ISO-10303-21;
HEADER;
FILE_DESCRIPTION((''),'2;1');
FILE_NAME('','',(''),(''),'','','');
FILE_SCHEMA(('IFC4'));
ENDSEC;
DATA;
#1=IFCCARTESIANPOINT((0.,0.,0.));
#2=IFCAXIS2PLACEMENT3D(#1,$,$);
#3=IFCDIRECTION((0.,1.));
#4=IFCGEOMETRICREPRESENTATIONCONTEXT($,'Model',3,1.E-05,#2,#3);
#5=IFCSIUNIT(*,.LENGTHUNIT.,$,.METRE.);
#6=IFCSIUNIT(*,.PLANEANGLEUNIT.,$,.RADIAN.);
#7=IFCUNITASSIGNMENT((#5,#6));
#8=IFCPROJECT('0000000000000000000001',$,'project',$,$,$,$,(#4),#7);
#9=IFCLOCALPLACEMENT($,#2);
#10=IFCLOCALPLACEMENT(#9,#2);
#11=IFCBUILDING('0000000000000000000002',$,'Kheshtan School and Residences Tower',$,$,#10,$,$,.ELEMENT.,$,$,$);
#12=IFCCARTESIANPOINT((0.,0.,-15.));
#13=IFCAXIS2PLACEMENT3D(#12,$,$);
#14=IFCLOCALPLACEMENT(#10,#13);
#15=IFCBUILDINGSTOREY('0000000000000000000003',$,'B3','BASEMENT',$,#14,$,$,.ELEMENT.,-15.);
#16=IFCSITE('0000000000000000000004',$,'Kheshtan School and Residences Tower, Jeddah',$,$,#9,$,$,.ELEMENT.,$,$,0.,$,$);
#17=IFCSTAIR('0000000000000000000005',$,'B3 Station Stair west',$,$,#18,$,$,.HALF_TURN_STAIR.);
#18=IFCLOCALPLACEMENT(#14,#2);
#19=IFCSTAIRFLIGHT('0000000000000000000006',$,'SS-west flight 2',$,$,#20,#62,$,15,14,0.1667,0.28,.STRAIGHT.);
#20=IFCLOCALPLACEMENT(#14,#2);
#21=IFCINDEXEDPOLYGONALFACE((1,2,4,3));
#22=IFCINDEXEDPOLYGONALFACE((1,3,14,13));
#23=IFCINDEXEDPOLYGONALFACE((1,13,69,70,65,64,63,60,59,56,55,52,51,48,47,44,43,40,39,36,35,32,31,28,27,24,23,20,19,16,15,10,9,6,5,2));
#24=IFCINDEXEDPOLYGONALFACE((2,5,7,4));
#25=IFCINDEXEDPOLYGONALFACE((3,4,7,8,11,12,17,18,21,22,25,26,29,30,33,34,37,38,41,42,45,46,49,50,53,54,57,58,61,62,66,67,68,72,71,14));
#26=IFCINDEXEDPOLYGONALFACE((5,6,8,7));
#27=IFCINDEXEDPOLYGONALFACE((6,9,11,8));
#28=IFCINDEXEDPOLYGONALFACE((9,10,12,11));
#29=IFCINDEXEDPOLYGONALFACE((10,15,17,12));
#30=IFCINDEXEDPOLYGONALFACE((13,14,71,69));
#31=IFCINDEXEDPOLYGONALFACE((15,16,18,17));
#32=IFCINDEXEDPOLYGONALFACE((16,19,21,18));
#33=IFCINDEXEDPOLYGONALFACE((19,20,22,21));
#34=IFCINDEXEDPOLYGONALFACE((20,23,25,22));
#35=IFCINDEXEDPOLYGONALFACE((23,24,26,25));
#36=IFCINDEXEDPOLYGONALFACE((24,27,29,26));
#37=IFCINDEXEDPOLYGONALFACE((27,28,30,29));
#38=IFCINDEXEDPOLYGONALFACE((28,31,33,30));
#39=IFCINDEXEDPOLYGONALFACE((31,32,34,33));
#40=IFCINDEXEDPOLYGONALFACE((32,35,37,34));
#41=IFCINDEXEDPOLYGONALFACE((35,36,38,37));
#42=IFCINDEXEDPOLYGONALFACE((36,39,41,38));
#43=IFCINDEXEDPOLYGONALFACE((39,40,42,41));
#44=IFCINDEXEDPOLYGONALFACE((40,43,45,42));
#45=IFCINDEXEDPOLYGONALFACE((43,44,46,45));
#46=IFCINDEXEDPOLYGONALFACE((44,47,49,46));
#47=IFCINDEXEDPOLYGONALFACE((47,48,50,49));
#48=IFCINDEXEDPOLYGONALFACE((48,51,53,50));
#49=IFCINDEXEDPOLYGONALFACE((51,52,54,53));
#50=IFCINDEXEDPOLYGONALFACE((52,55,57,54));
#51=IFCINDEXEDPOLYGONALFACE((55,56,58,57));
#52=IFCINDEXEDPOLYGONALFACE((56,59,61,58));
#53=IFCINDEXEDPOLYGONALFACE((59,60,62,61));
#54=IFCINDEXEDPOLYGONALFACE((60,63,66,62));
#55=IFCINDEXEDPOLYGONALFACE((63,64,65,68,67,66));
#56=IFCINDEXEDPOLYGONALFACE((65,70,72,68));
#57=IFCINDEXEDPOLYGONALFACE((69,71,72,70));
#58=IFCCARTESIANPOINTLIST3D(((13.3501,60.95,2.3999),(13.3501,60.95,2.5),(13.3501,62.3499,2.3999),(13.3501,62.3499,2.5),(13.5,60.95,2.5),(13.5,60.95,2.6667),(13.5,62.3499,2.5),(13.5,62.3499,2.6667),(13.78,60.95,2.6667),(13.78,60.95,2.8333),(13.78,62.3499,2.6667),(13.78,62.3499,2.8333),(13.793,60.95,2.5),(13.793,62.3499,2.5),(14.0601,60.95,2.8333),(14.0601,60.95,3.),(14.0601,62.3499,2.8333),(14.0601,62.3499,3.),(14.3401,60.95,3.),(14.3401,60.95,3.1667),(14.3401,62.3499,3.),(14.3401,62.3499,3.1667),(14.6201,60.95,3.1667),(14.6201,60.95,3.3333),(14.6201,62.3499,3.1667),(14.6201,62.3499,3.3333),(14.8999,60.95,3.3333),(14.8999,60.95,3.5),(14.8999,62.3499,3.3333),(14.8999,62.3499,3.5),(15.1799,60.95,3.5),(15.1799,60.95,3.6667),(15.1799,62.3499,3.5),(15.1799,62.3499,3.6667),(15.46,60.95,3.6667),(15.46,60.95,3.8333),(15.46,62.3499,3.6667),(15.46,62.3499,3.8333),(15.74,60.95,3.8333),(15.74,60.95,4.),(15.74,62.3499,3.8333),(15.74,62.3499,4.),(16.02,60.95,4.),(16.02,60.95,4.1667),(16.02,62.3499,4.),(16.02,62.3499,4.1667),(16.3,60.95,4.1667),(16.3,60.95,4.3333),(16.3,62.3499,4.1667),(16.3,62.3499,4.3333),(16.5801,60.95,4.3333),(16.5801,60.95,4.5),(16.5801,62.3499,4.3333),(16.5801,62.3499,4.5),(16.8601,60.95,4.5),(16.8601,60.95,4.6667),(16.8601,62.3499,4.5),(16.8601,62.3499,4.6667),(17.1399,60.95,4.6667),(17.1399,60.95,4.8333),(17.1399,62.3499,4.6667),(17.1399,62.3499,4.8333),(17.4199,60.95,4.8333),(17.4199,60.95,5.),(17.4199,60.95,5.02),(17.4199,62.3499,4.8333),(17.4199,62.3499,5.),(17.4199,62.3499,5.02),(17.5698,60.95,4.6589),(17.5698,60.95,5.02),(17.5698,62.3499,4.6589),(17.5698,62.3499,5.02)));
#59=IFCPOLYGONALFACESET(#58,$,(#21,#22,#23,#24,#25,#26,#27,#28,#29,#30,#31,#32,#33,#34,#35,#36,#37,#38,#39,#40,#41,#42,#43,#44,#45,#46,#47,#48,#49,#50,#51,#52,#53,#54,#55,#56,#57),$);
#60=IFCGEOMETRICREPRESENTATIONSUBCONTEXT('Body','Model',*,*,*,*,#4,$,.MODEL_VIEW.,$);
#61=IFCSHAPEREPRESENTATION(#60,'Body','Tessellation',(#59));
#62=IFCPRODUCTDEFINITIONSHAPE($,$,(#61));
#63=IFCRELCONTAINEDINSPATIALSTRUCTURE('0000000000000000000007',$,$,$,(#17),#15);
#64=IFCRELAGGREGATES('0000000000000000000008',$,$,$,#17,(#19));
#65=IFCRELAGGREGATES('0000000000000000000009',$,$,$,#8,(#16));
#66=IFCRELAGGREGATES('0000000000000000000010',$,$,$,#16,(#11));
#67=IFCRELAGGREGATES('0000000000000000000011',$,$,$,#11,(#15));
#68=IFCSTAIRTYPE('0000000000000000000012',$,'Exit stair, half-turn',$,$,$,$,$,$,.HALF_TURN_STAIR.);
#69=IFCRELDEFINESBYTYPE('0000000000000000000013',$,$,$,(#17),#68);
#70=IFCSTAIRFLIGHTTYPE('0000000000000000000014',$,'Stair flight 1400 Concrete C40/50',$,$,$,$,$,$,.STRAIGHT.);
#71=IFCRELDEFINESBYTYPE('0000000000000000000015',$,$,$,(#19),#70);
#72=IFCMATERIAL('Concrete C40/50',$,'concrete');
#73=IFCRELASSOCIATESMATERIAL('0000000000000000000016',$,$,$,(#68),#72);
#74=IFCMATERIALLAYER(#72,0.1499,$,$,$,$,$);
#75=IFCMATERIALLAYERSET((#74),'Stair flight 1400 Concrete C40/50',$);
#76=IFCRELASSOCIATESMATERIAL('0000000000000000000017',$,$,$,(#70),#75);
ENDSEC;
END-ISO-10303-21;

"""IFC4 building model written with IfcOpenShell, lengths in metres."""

from ifc_helpers import new_model, si_unit, direction, frame, origin, place, context, subcontext, project, spatial, polyline, outline, extrude, material, layer, layer_set, type_object, element, aggregate, save


model = new_model("IFC4")

# Units and contexts
model_context = context("Model", 3, precision=1e-05, world=origin(), true_north=direction((0.0, 1.0)))
body_context = subcontext(model_context, "Body", "Model", "MODEL_VIEW")
ifc_project = project(units=[si_unit("LENGTHUNIT", "METRE"), si_unit("PLANEANGLEUNIT", "RADIAN")], contexts=[model_context])

# Site, building, storey
site_placement = place(None, origin())
site = spatial("IfcSite", under=ifc_project, at=site_placement, Name="Kheshtan School and Residences Tower, Jeddah", CompositionType="ELEMENT", RefElevation=0.0)
building_placement = place(site_placement, origin())
building = spatial("IfcBuilding", under=site, at=building_placement, Name="Kheshtan School and Residences Tower", CompositionType="ELEMENT")
storey_placement = place(building_placement, frame((0.0, 0.0, -15.0)))
storey = spatial("IfcBuildingStorey", under=building, at=storey_placement, Name="B3", Description="BASEMENT", CompositionType="ELEMENT", Elevation=-15.0)

# Shared definitions
ifc_material_1 = material(Name="Concrete C40/50", Category="concrete")

# Stair, stair flight
stair_type = type_object("IfcStairType", Name="Exit stair, half-turn", PredefinedType="HALF_TURN_STAIR", material=ifc_material_1)
stair_placement = place(storey_placement, origin())
stair = element("IfcStair", 1, at=stair_placement, inside=storey, type_object=stair_type, Name="B3 Station Stair west", PredefinedType="HALF_TURN_STAIR")
ifc_layer_1 = layer(ifc_material_1, 0.1499)
ifc_layer_set_1 = layer_set([ifc_layer_1], Name="Stair flight 1400 Concrete C40/50")
stair_flight_type = type_object("IfcStairFlightType", Name="Stair flight 1400 Concrete C40/50", PredefinedType="STRAIGHT", material=ifc_layer_set_1)
stair_flight_placement = place(storey_placement, frame((13.5, 61.6499, 2.5), z_axis=(0.0, 0.0, 1.0), x_axis=(1.0, 0.0, 0.0)))
stair_flight = element("IfcStairFlight", 2, at=stair_flight_placement, type_object=stair_flight_type, Name="SS-west flight 2", NumberOfRisers=15, NumberOfTreads=14, PredefinedType="STRAIGHT", RiserHeight=0.1667, TreadLength=0.28, context=body_context, shape_type="SweptSolid", body=[
    extrude(outline(polyline([(-0.1499, -0.1001), (-0.1499, 0.0), (0.0, 0.0), (0.0, 0.1667), (0.28, 0.1667), (0.28, 0.3333), (0.5601, 0.3333), (0.5601, 0.5), (0.8401, 0.5), (0.8401, 0.6667), (1.1201, 0.6667), (1.1201, 0.8333), (1.3999, 0.8333), (1.3999, 1.0), (1.6799, 1.0), (1.6799, 1.1667), (1.96, 1.1667), (1.96, 1.3333), (2.24, 1.3333), (2.24, 1.5), (2.52, 1.5), (2.52, 1.6667), (2.8, 1.6667), (2.8, 1.8333), (3.0801, 1.8333), (3.0801, 2.0), (3.3601, 2.0), (3.3601, 2.1667), (3.6399, 2.1667), (3.6399, 2.3333), (3.9199, 2.3333), (3.9199, 2.5), (3.9199, 2.52), (4.0698, 2.52), (4.0698, 2.1589), (0.293, 0.0), (-0.1499, -0.1001)])), frame((0.0, 0.7, 0.0), z_axis=(0.0, -1.0, 0.0), x_axis=(1.0, 0.0, 0.0)), (0.0, 0.0, 1.0), 1.3999),
])
aggregate(stair, [stair_flight])

save(model, "model.ifc")
